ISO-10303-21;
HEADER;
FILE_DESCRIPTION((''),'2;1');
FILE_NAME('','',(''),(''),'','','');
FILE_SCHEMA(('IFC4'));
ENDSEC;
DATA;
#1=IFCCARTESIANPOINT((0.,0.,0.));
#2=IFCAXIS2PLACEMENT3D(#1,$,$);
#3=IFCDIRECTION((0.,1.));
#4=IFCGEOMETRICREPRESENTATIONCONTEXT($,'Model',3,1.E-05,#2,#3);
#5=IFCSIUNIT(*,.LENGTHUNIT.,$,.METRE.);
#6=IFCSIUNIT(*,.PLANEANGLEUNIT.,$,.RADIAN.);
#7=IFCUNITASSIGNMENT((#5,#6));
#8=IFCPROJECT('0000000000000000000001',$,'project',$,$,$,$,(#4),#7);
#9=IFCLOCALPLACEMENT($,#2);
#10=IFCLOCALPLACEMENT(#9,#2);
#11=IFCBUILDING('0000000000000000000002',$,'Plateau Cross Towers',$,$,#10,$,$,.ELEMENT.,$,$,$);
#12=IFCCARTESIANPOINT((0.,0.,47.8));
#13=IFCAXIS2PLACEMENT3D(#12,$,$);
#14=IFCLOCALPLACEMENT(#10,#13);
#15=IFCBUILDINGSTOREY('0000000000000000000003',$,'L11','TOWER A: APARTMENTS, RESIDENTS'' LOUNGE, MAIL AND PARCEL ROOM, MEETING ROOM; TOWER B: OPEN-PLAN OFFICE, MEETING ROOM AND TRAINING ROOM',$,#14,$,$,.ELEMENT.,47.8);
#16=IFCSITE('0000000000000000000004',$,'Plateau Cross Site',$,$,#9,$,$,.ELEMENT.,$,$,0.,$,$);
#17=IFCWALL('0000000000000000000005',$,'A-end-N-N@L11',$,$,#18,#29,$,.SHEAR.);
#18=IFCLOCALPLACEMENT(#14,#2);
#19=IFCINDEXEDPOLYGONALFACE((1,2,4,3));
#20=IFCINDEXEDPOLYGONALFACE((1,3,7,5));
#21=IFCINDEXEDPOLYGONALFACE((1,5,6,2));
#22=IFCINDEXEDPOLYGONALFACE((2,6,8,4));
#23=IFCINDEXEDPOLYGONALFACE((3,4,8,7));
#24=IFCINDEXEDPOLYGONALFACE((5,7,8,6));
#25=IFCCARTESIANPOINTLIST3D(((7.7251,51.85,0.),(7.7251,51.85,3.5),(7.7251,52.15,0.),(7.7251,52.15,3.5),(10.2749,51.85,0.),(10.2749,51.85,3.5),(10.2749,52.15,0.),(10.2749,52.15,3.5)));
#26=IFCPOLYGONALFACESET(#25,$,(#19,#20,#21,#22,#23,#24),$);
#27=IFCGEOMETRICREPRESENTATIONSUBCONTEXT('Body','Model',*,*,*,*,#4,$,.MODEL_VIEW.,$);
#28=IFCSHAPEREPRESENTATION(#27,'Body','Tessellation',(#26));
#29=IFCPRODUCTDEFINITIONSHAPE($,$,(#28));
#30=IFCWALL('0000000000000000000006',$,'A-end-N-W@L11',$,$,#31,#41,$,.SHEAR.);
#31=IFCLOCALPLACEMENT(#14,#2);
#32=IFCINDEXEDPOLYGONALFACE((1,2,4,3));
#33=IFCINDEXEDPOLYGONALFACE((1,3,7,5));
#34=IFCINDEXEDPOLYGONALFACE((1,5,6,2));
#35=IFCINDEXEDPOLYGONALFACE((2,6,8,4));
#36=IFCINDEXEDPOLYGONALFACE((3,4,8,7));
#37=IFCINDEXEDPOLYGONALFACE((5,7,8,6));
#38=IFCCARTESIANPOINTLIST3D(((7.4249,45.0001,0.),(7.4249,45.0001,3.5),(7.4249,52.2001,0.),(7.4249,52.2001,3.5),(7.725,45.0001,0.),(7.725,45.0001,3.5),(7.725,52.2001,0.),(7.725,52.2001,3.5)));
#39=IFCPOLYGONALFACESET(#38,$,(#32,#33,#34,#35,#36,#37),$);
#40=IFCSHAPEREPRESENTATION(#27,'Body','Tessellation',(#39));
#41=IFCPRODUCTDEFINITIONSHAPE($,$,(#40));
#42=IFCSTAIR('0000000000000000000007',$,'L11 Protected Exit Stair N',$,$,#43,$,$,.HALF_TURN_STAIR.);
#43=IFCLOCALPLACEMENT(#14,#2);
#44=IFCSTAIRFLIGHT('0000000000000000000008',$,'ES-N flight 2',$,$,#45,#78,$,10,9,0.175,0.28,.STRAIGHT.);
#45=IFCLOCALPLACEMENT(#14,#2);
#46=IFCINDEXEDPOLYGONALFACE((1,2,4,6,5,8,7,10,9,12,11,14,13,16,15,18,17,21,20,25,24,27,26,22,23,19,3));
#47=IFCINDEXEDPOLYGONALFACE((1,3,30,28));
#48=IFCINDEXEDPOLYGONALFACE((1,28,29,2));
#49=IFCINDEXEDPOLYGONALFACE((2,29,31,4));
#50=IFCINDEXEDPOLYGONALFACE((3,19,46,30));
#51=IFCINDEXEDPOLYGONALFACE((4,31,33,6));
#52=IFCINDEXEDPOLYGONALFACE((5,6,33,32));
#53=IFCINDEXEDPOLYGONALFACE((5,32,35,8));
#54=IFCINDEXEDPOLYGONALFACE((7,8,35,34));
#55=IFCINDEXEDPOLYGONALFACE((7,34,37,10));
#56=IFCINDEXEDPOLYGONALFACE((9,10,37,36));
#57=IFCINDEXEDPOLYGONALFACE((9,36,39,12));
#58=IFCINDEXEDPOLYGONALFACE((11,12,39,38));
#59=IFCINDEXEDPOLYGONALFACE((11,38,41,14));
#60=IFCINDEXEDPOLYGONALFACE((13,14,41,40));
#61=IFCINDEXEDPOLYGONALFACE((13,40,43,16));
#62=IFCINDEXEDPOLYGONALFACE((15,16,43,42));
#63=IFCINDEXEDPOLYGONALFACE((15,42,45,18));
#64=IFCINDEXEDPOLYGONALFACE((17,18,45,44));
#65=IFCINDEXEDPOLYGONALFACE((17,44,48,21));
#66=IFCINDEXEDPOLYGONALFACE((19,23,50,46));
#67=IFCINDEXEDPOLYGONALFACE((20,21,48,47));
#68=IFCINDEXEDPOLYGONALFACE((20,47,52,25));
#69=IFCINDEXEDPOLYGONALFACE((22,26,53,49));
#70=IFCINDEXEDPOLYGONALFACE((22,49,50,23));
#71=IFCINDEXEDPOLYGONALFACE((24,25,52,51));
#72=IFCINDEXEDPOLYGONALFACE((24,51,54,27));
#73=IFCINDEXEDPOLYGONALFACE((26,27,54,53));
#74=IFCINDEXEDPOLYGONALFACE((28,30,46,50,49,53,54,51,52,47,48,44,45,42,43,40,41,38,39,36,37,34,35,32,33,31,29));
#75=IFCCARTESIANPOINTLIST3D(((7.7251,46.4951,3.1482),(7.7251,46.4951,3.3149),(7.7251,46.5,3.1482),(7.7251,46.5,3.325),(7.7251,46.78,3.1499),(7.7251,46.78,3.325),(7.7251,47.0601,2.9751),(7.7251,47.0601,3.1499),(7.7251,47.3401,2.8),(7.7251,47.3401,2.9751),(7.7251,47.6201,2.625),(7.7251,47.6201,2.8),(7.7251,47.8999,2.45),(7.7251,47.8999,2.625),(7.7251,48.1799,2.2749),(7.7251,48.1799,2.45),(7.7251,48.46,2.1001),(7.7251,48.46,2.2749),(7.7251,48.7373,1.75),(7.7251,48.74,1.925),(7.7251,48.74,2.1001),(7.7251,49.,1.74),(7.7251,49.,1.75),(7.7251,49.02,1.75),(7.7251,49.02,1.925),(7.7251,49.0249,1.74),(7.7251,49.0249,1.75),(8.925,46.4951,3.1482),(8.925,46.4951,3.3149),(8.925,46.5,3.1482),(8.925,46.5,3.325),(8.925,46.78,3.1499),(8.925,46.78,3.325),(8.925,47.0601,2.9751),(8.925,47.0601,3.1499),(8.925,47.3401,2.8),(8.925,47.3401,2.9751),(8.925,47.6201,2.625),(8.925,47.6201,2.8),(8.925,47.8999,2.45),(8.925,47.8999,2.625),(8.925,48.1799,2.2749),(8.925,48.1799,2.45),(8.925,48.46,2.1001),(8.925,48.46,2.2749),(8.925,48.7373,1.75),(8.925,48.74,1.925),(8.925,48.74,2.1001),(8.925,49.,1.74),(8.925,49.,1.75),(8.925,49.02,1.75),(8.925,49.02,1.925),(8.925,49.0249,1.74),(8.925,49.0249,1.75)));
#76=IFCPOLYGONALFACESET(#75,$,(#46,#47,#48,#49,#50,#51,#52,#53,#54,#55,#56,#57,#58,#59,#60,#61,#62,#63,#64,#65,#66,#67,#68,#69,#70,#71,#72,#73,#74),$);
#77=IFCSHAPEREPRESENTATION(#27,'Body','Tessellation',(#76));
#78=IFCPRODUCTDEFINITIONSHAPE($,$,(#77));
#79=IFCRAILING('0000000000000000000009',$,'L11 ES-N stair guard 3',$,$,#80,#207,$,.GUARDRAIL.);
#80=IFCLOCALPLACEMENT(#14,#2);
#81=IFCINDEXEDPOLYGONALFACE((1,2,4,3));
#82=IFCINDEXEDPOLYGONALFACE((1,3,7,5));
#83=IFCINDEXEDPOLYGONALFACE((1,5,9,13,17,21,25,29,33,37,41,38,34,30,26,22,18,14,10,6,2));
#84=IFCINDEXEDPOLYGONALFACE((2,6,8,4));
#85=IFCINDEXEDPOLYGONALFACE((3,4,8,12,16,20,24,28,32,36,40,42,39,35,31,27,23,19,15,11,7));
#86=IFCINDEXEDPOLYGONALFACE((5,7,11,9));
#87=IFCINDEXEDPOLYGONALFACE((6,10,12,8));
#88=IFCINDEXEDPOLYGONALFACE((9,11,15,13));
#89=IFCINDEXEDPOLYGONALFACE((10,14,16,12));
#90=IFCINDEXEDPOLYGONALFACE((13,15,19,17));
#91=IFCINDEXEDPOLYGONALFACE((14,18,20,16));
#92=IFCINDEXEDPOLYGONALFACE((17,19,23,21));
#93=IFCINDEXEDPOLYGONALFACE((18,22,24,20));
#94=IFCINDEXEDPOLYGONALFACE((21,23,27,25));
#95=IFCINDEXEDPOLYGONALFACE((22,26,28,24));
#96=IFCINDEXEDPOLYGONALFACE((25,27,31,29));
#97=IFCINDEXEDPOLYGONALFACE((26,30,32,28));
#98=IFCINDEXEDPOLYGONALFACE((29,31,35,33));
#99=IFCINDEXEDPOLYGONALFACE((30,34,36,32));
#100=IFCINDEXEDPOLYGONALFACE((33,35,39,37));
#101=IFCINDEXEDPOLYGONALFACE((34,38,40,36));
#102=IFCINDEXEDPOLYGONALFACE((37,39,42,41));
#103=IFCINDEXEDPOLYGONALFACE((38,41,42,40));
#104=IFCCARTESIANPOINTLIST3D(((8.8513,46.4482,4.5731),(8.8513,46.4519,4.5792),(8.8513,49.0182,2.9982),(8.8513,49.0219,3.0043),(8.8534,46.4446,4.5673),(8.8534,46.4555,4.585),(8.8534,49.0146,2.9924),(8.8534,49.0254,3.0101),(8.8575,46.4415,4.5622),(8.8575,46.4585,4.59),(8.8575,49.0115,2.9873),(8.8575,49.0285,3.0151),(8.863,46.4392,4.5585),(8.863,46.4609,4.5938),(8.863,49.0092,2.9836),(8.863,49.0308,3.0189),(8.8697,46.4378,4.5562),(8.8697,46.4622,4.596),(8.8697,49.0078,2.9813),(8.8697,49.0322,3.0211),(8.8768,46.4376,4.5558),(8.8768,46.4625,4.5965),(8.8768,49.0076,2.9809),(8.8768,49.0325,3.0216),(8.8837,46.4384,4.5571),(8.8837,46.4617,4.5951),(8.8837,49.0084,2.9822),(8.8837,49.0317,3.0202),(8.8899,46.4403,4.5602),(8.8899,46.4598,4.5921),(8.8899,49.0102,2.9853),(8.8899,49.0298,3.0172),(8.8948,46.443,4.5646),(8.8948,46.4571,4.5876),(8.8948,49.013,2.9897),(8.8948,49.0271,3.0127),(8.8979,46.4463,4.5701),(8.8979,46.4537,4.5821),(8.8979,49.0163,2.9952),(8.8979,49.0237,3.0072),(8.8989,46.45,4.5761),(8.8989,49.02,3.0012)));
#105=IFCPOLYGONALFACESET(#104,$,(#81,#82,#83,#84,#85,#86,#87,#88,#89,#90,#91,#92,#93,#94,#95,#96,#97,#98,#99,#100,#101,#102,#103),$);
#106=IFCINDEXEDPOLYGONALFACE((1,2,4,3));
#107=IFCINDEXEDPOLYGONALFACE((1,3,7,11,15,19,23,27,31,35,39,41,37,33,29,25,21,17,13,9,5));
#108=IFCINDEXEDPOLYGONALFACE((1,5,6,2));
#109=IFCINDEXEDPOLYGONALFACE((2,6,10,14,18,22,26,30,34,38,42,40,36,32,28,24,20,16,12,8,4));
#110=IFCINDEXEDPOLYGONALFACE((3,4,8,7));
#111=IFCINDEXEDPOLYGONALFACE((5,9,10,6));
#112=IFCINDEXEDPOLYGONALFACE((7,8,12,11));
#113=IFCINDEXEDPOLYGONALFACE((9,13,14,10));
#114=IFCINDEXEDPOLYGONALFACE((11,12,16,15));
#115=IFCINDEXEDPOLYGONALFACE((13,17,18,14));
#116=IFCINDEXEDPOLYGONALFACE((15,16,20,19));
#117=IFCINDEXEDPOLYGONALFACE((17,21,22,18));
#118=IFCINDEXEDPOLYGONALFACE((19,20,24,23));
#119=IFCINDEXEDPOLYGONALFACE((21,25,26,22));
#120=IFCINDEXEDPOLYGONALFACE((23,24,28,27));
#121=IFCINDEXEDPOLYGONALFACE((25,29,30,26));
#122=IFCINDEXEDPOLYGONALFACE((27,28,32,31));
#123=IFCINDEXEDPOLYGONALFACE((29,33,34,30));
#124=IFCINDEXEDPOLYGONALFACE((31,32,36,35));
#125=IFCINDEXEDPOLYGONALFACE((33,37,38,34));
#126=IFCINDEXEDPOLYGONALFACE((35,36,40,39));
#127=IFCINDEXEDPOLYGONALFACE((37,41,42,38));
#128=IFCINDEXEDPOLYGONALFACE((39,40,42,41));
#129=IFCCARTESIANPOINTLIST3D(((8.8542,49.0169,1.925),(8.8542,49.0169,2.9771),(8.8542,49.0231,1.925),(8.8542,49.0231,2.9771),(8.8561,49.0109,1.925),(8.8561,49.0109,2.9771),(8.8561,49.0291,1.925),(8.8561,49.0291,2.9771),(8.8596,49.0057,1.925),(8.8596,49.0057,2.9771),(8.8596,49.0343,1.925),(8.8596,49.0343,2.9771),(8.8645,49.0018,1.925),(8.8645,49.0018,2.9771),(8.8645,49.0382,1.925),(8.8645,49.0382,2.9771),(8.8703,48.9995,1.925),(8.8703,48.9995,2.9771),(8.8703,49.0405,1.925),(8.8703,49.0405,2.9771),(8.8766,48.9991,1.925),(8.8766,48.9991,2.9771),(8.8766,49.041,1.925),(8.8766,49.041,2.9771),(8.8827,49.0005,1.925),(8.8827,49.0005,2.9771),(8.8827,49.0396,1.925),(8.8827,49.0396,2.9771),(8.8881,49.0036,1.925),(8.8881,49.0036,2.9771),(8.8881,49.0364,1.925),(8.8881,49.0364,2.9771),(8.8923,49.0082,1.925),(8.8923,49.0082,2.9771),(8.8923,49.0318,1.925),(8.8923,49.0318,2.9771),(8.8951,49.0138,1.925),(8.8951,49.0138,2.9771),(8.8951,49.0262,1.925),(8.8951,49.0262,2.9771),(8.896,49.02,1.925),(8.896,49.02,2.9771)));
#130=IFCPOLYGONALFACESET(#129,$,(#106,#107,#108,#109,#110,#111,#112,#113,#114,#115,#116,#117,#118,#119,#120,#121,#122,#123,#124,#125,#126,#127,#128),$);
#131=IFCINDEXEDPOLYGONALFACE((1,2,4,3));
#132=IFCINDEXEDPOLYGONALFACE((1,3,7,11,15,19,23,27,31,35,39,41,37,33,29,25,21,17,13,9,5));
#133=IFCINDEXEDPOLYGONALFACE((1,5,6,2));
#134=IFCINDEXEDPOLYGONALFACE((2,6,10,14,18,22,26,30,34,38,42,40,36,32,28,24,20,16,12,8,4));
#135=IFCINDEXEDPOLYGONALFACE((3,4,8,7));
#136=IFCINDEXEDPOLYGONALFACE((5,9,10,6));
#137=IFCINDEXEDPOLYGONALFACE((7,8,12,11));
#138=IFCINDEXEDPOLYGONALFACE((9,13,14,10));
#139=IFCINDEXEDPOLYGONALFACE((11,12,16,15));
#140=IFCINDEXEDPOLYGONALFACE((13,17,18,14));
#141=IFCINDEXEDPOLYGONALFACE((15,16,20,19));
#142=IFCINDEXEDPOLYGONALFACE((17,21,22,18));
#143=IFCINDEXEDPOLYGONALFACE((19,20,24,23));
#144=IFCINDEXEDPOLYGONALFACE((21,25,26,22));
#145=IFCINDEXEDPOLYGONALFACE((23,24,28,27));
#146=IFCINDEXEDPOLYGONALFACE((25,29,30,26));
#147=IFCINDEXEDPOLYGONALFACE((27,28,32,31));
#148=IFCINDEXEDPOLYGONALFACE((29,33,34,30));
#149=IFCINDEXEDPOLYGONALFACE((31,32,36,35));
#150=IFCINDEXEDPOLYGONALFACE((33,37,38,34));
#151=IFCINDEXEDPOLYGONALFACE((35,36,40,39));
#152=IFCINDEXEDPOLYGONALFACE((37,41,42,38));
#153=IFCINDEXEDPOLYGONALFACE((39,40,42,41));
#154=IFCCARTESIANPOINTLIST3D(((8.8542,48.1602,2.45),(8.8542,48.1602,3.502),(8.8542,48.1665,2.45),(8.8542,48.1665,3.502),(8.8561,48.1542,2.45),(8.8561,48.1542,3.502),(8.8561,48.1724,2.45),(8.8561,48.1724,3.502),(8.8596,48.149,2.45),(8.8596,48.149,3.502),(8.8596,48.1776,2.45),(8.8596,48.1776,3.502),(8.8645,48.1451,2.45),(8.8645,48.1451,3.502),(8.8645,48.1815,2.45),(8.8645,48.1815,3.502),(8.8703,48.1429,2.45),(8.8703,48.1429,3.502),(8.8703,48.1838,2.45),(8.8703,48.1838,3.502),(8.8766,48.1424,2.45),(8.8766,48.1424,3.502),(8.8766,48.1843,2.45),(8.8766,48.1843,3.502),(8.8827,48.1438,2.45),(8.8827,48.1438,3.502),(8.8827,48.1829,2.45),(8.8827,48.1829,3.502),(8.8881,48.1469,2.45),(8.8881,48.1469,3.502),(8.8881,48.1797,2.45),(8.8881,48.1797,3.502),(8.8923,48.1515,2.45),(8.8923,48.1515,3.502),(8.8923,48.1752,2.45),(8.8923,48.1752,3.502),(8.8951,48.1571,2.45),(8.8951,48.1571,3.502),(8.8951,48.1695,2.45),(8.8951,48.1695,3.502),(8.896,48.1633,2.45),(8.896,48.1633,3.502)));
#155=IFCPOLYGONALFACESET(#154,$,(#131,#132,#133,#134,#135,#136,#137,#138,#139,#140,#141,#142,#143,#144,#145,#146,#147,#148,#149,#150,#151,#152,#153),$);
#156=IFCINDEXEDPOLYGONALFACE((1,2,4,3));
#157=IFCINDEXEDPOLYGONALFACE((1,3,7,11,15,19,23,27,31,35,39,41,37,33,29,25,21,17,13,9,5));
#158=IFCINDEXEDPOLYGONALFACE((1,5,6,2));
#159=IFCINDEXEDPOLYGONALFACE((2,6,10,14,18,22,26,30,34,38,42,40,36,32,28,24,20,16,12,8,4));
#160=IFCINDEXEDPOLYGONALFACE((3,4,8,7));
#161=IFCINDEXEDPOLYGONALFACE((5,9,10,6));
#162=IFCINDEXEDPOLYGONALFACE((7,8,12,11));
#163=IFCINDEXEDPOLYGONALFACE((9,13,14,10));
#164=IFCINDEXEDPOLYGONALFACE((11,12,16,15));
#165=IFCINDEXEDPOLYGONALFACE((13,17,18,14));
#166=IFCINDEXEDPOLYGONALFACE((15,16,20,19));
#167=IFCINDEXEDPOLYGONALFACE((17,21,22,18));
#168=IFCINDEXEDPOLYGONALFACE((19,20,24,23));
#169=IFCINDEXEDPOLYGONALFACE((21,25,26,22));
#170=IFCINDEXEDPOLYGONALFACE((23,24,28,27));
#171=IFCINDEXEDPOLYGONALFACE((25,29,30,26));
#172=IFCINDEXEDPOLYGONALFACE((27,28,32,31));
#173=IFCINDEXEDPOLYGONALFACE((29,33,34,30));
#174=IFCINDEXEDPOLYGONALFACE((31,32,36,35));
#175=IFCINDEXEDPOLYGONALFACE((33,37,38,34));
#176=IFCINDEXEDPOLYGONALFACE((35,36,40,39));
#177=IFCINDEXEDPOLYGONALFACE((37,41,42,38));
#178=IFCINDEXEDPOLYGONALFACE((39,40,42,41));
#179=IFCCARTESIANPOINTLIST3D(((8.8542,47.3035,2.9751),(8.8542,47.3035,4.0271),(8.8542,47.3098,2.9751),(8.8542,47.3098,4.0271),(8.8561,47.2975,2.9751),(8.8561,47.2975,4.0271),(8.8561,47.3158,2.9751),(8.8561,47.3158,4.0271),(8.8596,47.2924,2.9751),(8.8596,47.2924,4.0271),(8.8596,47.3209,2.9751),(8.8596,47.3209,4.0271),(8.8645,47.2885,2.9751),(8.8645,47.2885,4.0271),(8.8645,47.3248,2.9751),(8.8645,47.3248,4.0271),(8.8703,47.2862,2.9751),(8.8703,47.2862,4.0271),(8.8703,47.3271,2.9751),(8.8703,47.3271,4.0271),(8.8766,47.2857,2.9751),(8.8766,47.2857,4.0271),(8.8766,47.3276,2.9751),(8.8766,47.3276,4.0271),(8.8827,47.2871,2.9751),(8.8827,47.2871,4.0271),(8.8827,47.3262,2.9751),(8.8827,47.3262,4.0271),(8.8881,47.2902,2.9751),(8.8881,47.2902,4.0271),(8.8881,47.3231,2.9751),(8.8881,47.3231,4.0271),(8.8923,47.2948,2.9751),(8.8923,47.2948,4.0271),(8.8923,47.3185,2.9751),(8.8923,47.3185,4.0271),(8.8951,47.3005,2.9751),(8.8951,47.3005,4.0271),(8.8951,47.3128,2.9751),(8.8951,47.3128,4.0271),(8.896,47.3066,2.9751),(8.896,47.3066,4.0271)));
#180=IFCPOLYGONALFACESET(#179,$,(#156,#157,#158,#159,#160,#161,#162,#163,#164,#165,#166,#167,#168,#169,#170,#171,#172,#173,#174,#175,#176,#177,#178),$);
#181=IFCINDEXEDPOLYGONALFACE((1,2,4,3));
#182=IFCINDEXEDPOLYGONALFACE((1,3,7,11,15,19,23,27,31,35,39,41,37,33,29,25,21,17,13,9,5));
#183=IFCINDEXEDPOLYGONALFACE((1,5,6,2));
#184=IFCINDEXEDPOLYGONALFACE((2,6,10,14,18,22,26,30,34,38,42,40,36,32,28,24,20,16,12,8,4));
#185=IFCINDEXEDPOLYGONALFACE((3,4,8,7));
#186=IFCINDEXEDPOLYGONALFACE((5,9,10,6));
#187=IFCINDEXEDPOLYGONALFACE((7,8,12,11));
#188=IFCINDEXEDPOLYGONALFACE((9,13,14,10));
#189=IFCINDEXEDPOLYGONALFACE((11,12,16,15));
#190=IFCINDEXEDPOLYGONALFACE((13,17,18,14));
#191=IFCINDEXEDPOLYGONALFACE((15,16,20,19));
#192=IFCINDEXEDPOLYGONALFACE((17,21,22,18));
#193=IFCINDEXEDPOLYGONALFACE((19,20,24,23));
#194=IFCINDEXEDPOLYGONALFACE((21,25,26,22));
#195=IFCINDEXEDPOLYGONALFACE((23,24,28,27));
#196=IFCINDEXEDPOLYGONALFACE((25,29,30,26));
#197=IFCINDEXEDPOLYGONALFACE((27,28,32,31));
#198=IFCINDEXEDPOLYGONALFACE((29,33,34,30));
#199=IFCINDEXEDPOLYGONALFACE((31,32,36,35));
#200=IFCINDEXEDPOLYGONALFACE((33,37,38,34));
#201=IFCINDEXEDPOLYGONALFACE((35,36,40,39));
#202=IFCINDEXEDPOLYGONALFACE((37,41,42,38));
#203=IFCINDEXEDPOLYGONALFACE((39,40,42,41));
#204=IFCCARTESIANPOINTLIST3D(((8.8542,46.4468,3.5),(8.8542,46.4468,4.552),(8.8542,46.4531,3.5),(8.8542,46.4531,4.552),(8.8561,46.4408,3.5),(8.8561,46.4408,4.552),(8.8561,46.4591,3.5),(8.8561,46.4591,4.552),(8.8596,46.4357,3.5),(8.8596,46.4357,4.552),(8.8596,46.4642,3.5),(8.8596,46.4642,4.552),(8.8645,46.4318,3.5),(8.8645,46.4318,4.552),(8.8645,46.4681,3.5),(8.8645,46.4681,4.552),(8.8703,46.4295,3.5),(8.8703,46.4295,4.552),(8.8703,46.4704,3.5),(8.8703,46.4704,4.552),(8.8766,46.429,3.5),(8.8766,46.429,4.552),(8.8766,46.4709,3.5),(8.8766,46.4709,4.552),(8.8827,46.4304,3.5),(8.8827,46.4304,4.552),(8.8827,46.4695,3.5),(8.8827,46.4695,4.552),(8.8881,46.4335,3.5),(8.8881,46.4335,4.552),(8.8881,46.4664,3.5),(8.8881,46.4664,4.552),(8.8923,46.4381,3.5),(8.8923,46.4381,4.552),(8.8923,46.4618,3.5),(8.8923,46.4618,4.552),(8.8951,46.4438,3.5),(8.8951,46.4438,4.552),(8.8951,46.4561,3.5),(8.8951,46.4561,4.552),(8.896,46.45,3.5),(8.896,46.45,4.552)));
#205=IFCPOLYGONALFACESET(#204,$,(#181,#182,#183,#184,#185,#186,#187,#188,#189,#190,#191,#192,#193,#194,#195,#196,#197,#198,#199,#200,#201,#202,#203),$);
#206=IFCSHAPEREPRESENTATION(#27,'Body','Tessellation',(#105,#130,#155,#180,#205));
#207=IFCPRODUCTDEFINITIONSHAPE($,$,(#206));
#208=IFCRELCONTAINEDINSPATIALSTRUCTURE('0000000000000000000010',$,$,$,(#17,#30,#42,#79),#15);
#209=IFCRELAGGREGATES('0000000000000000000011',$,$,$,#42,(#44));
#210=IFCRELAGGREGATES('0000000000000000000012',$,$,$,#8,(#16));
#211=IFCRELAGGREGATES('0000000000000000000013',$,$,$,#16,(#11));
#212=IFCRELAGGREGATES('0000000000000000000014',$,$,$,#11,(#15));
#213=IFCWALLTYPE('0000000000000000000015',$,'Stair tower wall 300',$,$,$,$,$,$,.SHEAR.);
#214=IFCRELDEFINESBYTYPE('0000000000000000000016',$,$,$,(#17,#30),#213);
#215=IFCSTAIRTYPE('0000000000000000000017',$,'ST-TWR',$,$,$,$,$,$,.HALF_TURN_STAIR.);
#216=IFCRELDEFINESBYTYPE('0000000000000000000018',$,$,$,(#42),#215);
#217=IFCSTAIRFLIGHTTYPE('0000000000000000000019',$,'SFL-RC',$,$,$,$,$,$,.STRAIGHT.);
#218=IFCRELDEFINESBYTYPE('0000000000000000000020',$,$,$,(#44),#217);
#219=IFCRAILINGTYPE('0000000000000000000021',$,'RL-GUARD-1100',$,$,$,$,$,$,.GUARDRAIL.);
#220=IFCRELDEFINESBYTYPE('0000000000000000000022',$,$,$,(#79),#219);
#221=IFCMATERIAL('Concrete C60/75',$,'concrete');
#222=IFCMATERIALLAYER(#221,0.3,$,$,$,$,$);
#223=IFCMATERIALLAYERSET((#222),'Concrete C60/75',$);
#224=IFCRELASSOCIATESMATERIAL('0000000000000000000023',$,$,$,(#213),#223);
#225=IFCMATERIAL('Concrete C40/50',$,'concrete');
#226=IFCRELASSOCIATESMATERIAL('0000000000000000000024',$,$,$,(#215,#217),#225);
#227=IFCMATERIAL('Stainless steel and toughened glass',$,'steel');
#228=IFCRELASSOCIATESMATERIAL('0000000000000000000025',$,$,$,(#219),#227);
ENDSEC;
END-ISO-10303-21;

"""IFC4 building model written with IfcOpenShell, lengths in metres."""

from ifc_helpers import new_model, si_unit, direction, frame, frame_2d, origin, origin_2d, place, context, subcontext, project, spatial, polyline, rectangle, circle, outline, extrude, material, layer, layer_set, type_object, element, aggregate, save


model = new_model("IFC4")

# Units and contexts
model_context = context("Model", 3, precision=1e-05, world=origin(), true_north=direction((0.0, 1.0)))
body_context = subcontext(model_context, "Body", "Model", "MODEL_VIEW")
ifc_project = project(units=[si_unit("LENGTHUNIT", "METRE"), si_unit("PLANEANGLEUNIT", "RADIAN")], contexts=[model_context])

# Site, building, storey
site_placement = place(None, origin())
site = spatial("IfcSite", under=ifc_project, at=site_placement, Name="Plateau Cross Site", CompositionType="ELEMENT", RefElevation=0.0)
building_placement = place(site_placement, origin())
building = spatial("IfcBuilding", under=site, at=building_placement, Name="Plateau Cross Towers", CompositionType="ELEMENT")
storey_placement = place(building_placement, frame((0.0, 0.0, 47.8)))
storey = spatial("IfcBuildingStorey", under=building, at=storey_placement, Name="L11", Description="TOWER A: APARTMENTS, RESIDENTS' LOUNGE, MAIL AND PARCEL ROOM, MEETING ROOM; TOWER B: OPEN-PLAN OFFICE, MEETING ROOM AND TRAINING ROOM", CompositionType="ELEMENT", Elevation=47.8)

# Shared definitions
ifc_material_1 = material(Name="Concrete C60/75", Category="concrete")

# Shared definitions
ifc_layer_1 = layer(ifc_material_1, 0.3)
ifc_layer_set_1 = layer_set([ifc_layer_1], Name="Concrete C60/75")
wall_type_1 = type_object("IfcWallType", Name="Stair tower wall 300", PredefinedType="SHEAR", material=ifc_layer_set_1)

# Walls
wall_1_placement = place(storey_placement, frame((7.7251, 52.0, 0.0), z_axis=(0.0, 0.0, 1.0), x_axis=(1.0, 0.0, 0.0)))
element("IfcWall", 1, at=wall_1_placement, inside=storey, type_object=wall_type_1, Name="A-end-N-N@L11", PredefinedType="SHEAR", context=body_context, shape_type="SweptSolid", body=[
    extrude(rectangle(XDim=2.5498, YDim=0.3, at=frame_2d((1.2749, 0.0))), origin(), (0.0, 0.0, 1.0), 3.5),
])
wall_2_placement = place(storey_placement, frame((7.575, 45.0, 0.0), z_axis=(0.0, 0.0, 1.0), x_axis=(0.0, 1.0, 0.0)))
element("IfcWall", 2, at=wall_2_placement, inside=storey, type_object=wall_type_1, Name="A-end-N-W@L11", PredefinedType="SHEAR", context=body_context, shape_type="SweptSolid", body=[
    extrude(rectangle(XDim=7.2, YDim=0.3, at=frame_2d((3.6001, 0.0))), origin(), (0.0, 0.0, 1.0), 3.5),
])

# Stair, stair flight
ifc_material_2 = material(Name="Concrete C40/50", Category="concrete")
stair_type = type_object("IfcStairType", Name="ST-TWR", PredefinedType="HALF_TURN_STAIR", material=ifc_material_2)
stair_placement = place(storey_placement, origin())
stair = element("IfcStair", 3, at=stair_placement, inside=storey, type_object=stair_type, Name="L11 Protected Exit Stair N", PredefinedType="HALF_TURN_STAIR")
stair_flight_type = type_object("IfcStairFlightType", Name="SFL-RC", PredefinedType="STRAIGHT", material=ifc_material_2)
stair_flight_placement = place(storey_placement, frame((8.325, 49.02, 1.75), z_axis=(0.0, 0.0, 1.0), x_axis=(0.0, -1.0, 0.0)))
stair_flight = element("IfcStairFlight", 4, at=stair_flight_placement, type_object=stair_flight_type, Name="ES-N flight 2", NumberOfRisers=10, NumberOfTreads=9, PredefinedType="STRAIGHT", RiserHeight=0.175, TreadLength=0.28, context=body_context, shape_type="SweptSolid", body=[
    extrude(outline(polyline([(-0.0049, -0.01), (-0.0049, 0.0), (0.0, 0.0), (0.0, 0.175), (0.28, 0.175), (0.28, 0.3501), (0.5601, 0.3501), (0.5601, 0.5249), (0.8401, 0.5249), (0.8401, 0.7), (1.1201, 0.7), (1.1201, 0.875), (1.3999, 0.875), (1.3999, 1.05), (1.6799, 1.05), (1.6799, 1.2251), (1.96, 1.2251), (1.96, 1.3999), (2.24, 1.3999), (2.24, 1.575), (2.52, 1.575), (2.5249, 1.5649), (2.5249, 1.3982), (2.52, 1.3982), (0.2827, 0.0), (0.02, 0.0), (0.02, -0.01), (-0.0049, -0.01)])), frame((0.0, 0.6001, 0.0), z_axis=(0.0, -1.0, 0.0), x_axis=(1.0, 0.0, 0.0)), (0.0, 0.0, 1.0), 1.2),
])
aggregate(stair, [stair_flight])

# Railing
ifc_material_3 = material(Name="Stainless steel and toughened glass", Category="steel")
railing_type_1 = type_object("IfcRailingType", Name="RL-GUARD-1100", PredefinedType="GUARDRAIL", material=ifc_material_3)
railing_1_placement = place(storey_placement, frame((8.875, 49.02, 1.925)))
element("IfcRailing", 5, at=railing_1_placement, inside=storey, type_object=railing_type_1, Name="L11 ES-N stair guard 3", PredefinedType="GUARDRAIL", context=body_context, shape_type="SweptSolid", body=[
    extrude(circle(Radius=0.0239, at=origin_2d()), frame((0.0, 0.0, 1.0762), z_axis=(0.0, -0.852639, 0.522501), x_axis=(1.0, 0.0, 0.0)), (0.0, 0.0, 1.0), 3.0142),
    extrude(circle(Radius=0.021, at=origin_2d()), origin(), (0.0, 0.0, 1.0), 1.052),
    extrude(circle(Radius=0.021, at=origin_2d()), frame((0.0, -0.8567, 0.5249)), (0.0, 0.0, 1.0), 1.052),
    extrude(circle(Radius=0.021, at=origin_2d()), frame((0.0, -1.7134, 1.05)), (0.0, 0.0, 1.0), 1.052),
    extrude(circle(Radius=0.021, at=origin_2d()), frame((0.0, -2.5701, 1.575)), (0.0, 0.0, 1.0), 1.052),
])

save(model, "model.ifc")
